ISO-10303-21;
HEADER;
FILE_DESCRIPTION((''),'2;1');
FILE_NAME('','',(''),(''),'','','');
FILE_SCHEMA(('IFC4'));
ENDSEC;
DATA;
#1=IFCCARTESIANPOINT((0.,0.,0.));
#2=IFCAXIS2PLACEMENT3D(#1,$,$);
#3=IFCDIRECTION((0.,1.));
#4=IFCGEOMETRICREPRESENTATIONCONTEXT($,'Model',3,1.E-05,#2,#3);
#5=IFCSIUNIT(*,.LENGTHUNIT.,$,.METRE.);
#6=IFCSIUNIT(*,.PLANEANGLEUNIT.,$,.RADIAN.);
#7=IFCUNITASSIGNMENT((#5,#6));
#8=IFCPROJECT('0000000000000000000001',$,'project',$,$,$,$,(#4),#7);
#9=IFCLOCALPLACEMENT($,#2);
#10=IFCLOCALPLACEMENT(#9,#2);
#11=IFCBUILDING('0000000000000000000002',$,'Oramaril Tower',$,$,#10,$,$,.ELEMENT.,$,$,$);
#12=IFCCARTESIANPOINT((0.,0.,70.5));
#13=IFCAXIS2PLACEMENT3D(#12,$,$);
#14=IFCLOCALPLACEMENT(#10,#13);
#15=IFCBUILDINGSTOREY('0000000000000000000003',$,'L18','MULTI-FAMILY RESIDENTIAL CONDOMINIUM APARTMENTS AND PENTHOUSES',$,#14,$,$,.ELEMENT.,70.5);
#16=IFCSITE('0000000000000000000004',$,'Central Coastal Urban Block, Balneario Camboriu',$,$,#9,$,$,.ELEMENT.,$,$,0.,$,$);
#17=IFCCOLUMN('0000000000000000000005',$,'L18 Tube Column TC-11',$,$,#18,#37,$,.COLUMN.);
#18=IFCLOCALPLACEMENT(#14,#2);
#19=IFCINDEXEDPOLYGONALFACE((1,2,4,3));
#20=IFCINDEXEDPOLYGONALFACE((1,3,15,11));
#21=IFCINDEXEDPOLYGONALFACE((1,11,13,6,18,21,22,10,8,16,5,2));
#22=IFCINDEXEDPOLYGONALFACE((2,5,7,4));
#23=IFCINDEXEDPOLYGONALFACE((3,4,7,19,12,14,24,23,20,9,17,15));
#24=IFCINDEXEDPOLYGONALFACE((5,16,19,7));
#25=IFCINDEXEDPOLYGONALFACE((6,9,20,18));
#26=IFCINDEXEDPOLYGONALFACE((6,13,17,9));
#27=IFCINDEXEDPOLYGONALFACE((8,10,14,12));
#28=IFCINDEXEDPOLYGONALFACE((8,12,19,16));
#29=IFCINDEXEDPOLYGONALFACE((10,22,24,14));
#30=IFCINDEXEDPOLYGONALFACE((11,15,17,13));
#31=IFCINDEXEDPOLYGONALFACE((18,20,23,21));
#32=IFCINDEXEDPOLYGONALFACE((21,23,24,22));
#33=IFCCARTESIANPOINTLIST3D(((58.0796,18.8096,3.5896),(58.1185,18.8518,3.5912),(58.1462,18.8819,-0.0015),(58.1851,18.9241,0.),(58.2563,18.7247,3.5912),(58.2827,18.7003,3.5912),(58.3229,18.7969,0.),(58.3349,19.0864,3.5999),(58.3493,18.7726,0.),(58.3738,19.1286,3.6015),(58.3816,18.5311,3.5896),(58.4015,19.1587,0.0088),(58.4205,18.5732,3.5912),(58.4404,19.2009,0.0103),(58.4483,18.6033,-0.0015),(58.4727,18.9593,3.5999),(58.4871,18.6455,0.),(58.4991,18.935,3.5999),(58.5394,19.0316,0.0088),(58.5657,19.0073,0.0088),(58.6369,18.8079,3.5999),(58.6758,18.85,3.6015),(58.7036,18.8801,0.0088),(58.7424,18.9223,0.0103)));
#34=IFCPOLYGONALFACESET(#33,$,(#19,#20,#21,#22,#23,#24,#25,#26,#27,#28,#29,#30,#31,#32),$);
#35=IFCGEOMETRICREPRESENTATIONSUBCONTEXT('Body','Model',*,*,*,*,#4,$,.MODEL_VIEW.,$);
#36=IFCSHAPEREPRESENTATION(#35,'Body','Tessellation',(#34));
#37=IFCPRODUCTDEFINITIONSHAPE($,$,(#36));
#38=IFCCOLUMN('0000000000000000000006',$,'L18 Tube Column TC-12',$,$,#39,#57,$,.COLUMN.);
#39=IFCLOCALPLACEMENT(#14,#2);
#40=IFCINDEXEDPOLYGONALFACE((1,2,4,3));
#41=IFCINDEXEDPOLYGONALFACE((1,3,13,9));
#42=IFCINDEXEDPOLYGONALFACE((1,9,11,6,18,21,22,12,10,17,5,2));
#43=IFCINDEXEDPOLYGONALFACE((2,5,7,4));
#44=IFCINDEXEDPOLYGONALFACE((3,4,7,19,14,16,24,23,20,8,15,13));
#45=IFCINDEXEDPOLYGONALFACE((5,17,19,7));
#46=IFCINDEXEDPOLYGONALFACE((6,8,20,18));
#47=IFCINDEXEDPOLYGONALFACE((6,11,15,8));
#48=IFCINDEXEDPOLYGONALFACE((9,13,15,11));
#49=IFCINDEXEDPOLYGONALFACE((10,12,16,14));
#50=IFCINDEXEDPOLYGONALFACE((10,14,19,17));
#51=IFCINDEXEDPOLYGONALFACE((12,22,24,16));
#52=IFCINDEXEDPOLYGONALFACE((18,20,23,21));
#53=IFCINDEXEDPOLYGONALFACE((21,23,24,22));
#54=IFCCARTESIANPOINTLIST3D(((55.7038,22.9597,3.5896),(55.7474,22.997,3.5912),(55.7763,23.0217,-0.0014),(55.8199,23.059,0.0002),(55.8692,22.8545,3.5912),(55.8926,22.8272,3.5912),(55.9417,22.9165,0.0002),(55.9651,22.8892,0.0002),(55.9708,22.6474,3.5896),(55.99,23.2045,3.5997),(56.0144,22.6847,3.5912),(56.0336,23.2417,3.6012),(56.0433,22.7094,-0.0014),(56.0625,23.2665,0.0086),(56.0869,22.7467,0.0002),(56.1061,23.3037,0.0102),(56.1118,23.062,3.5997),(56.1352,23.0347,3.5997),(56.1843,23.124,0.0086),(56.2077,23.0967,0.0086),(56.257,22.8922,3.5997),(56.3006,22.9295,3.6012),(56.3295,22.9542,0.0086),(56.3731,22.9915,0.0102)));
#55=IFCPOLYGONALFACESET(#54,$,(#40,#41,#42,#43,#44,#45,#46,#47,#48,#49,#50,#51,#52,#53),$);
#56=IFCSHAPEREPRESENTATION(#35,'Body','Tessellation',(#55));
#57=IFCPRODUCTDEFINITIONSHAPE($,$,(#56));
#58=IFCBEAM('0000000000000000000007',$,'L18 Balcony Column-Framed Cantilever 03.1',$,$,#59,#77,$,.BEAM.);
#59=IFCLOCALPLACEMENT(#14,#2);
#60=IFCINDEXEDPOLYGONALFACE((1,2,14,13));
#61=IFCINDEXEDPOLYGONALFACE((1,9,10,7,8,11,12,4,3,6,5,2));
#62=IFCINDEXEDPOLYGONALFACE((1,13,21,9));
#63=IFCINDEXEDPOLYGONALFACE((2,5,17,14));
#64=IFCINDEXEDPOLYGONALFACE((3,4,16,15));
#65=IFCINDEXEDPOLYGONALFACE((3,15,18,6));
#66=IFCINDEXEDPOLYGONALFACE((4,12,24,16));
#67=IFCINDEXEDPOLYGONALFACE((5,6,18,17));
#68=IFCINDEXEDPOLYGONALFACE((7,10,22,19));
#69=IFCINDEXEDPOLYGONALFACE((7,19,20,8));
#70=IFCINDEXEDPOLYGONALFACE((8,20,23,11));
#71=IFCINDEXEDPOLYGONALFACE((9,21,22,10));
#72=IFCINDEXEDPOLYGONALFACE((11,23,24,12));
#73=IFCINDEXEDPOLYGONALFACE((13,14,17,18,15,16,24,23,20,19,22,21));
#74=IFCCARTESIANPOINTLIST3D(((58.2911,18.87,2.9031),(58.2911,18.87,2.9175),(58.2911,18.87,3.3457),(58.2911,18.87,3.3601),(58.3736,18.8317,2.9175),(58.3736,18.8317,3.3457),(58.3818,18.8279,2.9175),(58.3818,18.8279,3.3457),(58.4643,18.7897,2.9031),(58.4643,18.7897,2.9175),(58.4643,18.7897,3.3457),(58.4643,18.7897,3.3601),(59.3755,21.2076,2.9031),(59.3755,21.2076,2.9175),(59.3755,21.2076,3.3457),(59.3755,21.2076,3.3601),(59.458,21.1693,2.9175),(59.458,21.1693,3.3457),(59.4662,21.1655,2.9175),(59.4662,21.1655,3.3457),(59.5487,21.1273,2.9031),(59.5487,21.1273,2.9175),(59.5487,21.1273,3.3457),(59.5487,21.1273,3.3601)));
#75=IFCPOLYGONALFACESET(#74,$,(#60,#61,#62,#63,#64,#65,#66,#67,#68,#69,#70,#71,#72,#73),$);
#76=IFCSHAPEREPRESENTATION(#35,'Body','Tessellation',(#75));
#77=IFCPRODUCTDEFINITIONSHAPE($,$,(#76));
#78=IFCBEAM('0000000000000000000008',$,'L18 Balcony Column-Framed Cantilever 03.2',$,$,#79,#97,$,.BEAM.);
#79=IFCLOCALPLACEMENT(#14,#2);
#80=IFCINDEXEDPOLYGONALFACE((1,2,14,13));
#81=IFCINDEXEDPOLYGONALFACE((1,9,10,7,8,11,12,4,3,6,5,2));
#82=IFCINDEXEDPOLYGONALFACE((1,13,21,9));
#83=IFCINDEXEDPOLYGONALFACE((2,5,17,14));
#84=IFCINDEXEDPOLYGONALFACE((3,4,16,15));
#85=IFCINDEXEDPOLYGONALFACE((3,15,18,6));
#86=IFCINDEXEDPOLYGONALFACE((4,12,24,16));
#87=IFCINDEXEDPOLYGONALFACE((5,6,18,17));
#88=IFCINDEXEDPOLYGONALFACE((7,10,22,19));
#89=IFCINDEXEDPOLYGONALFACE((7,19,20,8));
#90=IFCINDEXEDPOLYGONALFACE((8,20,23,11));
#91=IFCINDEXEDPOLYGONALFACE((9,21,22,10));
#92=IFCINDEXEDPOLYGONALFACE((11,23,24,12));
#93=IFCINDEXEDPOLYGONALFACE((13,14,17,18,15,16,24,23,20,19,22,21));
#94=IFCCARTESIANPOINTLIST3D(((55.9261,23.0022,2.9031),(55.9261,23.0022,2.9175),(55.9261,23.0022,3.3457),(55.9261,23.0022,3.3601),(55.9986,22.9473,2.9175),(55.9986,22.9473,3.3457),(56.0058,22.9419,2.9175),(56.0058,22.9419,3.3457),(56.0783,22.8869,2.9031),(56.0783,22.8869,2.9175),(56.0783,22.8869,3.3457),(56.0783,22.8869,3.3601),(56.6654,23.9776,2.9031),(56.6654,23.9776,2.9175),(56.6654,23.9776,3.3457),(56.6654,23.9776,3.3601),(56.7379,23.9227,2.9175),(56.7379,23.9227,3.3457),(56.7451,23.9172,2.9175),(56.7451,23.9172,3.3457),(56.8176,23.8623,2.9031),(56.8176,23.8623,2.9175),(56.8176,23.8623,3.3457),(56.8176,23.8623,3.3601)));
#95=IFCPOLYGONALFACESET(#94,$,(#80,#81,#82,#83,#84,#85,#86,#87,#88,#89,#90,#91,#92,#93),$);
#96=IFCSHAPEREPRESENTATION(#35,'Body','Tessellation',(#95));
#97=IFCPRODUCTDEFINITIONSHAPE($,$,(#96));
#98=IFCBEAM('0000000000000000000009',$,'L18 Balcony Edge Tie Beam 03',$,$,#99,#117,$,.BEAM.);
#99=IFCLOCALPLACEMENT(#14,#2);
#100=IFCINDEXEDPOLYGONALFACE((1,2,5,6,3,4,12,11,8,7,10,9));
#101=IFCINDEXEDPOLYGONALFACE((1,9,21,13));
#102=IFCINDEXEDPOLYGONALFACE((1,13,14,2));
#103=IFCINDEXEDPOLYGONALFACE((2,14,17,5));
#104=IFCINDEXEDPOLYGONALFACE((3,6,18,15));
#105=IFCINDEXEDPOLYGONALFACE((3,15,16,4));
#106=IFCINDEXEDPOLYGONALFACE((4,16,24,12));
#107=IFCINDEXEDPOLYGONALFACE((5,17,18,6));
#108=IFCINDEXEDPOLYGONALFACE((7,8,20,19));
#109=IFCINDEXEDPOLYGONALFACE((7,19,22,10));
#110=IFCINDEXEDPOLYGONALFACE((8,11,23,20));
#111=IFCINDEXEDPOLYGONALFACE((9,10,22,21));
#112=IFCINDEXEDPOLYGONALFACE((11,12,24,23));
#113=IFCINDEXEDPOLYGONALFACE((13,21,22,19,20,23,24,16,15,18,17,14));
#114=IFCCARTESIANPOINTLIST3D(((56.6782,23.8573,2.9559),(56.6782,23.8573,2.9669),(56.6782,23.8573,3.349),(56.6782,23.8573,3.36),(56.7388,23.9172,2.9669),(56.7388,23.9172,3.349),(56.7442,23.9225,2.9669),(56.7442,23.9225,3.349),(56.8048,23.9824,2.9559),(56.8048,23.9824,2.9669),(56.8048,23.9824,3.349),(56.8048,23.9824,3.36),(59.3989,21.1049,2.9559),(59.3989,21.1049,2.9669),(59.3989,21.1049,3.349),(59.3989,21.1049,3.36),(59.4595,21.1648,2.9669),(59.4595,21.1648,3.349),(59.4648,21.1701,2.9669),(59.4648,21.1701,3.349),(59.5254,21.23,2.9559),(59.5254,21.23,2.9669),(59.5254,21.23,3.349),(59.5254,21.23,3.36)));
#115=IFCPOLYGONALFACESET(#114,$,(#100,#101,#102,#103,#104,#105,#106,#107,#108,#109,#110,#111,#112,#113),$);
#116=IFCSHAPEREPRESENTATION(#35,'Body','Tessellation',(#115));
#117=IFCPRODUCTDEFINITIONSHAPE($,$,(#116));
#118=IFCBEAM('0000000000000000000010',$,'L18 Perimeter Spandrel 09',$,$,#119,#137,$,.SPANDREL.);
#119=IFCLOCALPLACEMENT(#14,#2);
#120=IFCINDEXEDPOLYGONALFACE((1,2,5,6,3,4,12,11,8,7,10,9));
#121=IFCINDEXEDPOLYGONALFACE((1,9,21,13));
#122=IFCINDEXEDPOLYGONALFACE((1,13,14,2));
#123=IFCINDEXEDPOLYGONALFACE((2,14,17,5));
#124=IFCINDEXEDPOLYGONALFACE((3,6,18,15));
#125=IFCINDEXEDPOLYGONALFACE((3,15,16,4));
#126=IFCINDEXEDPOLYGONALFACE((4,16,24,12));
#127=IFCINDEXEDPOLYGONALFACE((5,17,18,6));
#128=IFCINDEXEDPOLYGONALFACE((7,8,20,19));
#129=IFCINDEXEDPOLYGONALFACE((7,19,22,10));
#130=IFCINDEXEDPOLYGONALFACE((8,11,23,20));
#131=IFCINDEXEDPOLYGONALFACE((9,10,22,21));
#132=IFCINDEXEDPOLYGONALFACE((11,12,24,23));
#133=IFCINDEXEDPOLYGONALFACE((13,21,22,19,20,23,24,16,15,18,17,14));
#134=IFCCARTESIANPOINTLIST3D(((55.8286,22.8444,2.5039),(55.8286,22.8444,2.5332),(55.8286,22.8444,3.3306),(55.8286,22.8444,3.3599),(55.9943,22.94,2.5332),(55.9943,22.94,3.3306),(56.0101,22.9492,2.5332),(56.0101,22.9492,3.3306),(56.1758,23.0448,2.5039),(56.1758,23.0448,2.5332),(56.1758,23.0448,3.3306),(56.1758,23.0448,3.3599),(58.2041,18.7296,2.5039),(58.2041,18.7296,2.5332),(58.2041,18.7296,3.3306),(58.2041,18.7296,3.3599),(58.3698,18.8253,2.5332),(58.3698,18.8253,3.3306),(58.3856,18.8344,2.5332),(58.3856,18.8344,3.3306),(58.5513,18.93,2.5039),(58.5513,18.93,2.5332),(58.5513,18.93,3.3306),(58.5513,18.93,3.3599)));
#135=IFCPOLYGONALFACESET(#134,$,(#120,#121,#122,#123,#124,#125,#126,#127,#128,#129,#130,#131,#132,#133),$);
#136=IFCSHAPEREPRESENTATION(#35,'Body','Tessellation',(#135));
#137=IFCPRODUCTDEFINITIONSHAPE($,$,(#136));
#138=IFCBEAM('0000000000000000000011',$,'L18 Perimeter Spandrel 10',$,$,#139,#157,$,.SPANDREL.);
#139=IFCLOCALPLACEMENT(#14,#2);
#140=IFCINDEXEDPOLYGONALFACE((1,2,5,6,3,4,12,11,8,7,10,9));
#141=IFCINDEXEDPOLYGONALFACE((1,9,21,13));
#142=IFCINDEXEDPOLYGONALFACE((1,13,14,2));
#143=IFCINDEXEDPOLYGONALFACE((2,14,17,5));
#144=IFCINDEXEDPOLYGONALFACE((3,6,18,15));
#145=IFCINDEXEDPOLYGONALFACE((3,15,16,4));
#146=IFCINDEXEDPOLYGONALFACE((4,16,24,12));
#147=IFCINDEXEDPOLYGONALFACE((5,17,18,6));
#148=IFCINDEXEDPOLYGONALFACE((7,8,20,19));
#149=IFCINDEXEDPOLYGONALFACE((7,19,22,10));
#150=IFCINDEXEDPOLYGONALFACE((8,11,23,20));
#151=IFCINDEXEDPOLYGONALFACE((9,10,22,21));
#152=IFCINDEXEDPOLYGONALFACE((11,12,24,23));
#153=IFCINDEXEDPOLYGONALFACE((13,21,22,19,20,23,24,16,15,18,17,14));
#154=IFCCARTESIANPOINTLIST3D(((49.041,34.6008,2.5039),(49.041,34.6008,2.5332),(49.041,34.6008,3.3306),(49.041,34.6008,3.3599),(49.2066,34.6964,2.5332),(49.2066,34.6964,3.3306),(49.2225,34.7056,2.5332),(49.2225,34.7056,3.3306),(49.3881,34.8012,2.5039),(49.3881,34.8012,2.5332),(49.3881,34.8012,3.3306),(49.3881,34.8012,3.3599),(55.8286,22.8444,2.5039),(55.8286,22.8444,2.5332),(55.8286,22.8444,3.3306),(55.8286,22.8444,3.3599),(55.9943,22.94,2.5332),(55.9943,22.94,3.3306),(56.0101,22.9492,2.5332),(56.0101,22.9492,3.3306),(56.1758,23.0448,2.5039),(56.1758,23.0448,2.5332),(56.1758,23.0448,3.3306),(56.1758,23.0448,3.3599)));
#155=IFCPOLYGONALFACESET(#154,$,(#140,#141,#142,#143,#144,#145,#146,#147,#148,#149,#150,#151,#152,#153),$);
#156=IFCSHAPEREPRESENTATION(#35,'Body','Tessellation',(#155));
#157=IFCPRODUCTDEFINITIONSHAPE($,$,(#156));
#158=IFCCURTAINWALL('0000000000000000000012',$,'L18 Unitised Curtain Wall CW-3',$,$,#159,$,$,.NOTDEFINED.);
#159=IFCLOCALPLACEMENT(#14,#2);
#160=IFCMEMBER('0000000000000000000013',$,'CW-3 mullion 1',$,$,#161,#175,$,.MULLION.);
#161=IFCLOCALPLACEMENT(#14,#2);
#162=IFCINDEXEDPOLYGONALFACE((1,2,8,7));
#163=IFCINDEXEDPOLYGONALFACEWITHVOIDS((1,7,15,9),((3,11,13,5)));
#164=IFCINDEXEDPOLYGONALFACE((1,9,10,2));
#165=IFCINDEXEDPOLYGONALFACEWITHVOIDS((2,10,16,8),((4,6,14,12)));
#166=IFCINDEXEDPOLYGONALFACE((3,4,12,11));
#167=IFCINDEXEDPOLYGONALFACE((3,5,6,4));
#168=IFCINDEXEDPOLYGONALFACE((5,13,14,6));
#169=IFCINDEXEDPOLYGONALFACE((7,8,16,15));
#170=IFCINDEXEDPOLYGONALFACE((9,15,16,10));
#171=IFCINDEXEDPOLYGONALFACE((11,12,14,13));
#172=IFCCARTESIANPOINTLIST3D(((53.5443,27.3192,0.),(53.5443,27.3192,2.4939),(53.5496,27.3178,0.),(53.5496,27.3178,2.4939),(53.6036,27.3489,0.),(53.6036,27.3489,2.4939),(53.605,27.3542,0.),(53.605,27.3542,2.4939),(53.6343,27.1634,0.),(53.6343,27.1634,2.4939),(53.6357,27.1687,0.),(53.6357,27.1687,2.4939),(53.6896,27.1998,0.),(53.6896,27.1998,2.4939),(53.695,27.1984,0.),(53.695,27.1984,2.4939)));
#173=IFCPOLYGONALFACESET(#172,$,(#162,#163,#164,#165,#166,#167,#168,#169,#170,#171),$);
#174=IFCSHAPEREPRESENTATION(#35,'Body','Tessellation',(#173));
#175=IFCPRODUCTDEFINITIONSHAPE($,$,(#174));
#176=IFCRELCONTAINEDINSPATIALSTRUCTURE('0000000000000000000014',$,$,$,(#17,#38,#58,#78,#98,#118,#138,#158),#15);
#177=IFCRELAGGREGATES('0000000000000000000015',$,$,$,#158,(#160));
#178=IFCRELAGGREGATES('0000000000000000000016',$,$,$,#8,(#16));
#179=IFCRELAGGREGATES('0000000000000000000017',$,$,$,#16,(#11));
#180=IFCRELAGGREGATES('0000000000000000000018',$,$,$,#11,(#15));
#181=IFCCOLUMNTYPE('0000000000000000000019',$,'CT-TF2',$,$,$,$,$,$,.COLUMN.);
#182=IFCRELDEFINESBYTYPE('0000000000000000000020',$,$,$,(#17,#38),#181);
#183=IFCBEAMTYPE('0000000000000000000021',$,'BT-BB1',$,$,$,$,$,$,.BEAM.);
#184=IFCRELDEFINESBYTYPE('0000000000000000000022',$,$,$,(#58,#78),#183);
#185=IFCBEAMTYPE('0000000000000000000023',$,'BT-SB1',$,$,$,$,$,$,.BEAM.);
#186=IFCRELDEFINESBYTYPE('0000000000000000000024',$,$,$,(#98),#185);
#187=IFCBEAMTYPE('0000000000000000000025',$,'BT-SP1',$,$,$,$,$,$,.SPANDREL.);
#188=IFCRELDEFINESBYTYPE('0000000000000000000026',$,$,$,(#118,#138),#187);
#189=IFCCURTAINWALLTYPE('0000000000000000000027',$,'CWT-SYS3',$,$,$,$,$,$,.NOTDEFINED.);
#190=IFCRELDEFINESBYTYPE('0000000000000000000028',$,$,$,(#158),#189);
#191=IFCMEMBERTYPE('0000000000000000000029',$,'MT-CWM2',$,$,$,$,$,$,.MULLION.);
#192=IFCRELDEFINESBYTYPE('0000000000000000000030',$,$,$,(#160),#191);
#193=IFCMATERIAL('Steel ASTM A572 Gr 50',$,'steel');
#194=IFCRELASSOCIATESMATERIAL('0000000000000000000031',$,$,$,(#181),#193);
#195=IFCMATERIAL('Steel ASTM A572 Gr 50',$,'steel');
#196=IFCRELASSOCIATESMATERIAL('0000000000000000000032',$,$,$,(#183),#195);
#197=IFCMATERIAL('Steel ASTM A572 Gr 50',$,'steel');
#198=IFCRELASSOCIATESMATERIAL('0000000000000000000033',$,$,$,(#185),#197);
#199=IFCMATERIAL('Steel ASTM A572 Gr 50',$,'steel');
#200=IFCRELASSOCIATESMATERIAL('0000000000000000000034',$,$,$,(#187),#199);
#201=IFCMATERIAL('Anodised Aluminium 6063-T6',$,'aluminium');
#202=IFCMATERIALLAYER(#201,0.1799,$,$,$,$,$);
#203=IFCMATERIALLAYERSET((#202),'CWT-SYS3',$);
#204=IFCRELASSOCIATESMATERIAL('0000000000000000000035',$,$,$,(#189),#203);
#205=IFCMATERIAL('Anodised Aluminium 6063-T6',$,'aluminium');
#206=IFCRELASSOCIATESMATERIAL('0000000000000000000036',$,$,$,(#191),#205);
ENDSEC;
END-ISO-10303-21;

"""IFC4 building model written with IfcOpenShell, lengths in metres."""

from ifc_helpers import new_model, si_unit, direction, frame, origin, origin_2d, place, context, subcontext, project, spatial, hollow_rectangle, i_section, extrude, material, layer, layer_set, material_profile, profile_set, type_object, element, aggregate, save


model = new_model("IFC4")

# Units and contexts
model_context = context("Model", 3, precision=1e-05, world=origin(), true_north=direction((0.0, 1.0)))
body_context = subcontext(model_context, "Body", "Model", "MODEL_VIEW")
ifc_project = project(units=[si_unit("LENGTHUNIT", "METRE"), si_unit("PLANEANGLEUNIT", "RADIAN")], contexts=[model_context])

# Site, building, storey
site_placement = place(None, origin())
site = spatial("IfcSite", under=ifc_project, at=site_placement, Name="Central Coastal Urban Block, Balneario Camboriu", CompositionType="ELEMENT", RefElevation=0.0)
building_placement = place(site_placement, origin())
building = spatial("IfcBuilding", under=site, at=building_placement, Name="Oramaril Tower", CompositionType="ELEMENT")
storey_placement = place(building_placement, frame((0.0, 0.0, 70.5)))
storey = spatial("IfcBuildingStorey", under=building, at=storey_placement, Name="L18", Description="MULTI-FAMILY RESIDENTIAL CONDOMINIUM APARTMENTS AND PENTHOUSES", CompositionType="ELEMENT", Elevation=70.5)

# Columns
ifc_material_1 = material(Name="Steel ASTM A572 Gr 50", Category="steel")
ifc_material_profile_1 = material_profile(ifc_material_1, i_section(OverallWidth=0.4109, OverallDepth=0.4341, WebThickness=0.0359, FlangeThickness=0.0574, at=origin_2d()), Name="W14X311")
ifc_profile_set_1 = profile_set([ifc_material_profile_1], Name="Steel ASTM A572 Gr 50")
column_type = type_object("IfcColumnType", Name="CT-TF2", PredefinedType="COLUMN", material=ifc_profile_set_1)
column_1_placement = place(storey_placement, frame((58.4443, 18.9021, 0.0044), z_axis=(-0.018553, -0.020116, 0.999625), x_axis=(0.735089, -0.677971, 0.0)))
element("IfcColumn", 1, at=column_1_placement, inside=storey, type_object=column_type, Name="L18 Tube Column TC-11", PredefinedType="COLUMN", context=body_context, shape_type="SweptSolid", body=[
    extrude(i_section(OverallWidth=0.4109, OverallDepth=0.4341, WebThickness=0.0359, FlangeThickness=0.0574, at=origin_2d()), origin(), (0.0, 0.0, 1.0), 3.5925),
])
column_2_placement = place(storey_placement, frame((56.0747, 23.0066, 0.0044), z_axis=(-0.020185, -0.017262, 0.999647), x_axis=(0.649948, -0.759979, 0.0)))
element("IfcColumn", 2, at=column_2_placement, inside=storey, type_object=column_type, Name="L18 Tube Column TC-12", PredefinedType="COLUMN", context=body_context, shape_type="SweptSolid", body=[
    extrude(i_section(OverallWidth=0.4109, OverallDepth=0.4341, WebThickness=0.0359, FlangeThickness=0.0574, at=origin_2d()), origin(), (0.0, 0.0, 1.0), 3.5923),
])

# Beams
ifc_material_2 = material(Name="Steel ASTM A572 Gr 50", Category="steel")
ifc_material_profile_2 = material_profile(ifc_material_2, i_section(OverallWidth=0.1909, OverallDepth=0.457, WebThickness=0.009, FlangeThickness=0.0144, at=origin_2d()), Name="W18X50")
ifc_profile_set_2 = profile_set([ifc_material_profile_2], Name="Steel ASTM A572 Gr 50")
beam_type_1 = type_object("IfcBeamType", Name="BT-BB1", PredefinedType="BEAM", material=ifc_profile_set_2)
beam_1_placement = place(storey_placement, frame((58.3777, 18.8298, 3.1316), z_axis=(0.420836, 0.907137, 0.0), x_axis=(-0.907137, 0.420836, 0.0)))
element("IfcBeam", 3, at=beam_1_placement, inside=storey, type_object=beam_type_1, Name="L18 Balcony Column-Framed Cantilever 03.1", PredefinedType="BEAM", context=body_context, shape_type="SweptSolid", body=[
    extrude(i_section(OverallWidth=0.1909, OverallDepth=0.457, WebThickness=0.009, FlangeThickness=0.0144, at=origin_2d()), origin(), (0.0, 0.0, 1.0), 2.5769),
])
beam_2_placement = place(storey_placement, frame((56.0022, 22.9446, 3.1316), z_axis=(0.604046, 0.79695, 0.0), x_axis=(-0.79695, 0.604046, 0.0)))
element("IfcBeam", 4, at=beam_2_placement, inside=storey, type_object=beam_type_1, Name="L18 Balcony Column-Framed Cantilever 03.2", PredefinedType="BEAM", context=body_context, shape_type="SweptSolid", body=[
    extrude(i_section(OverallWidth=0.1909, OverallDepth=0.457, WebThickness=0.009, FlangeThickness=0.0144, at=origin_2d()), origin(), (0.0, 0.0, 1.0), 1.2239),
])
ifc_material_3 = material(Name="Steel ASTM A572 Gr 50", Category="steel")
ifc_material_profile_3 = material_profile(ifc_material_3, i_section(OverallWidth=0.178, OverallDepth=0.4041, WebThickness=0.0076, FlangeThickness=0.011, at=origin_2d()), Name="W16X36")
ifc_profile_set_3 = profile_set([ifc_material_profile_3], Name="Steel ASTM A572 Gr 50")
beam_type_2 = type_object("IfcBeamType", Name="BT-SB1", PredefinedType="BEAM", material=ifc_profile_set_3)
beam_3_placement = place(storey_placement, frame((59.4622, 21.1675, 3.158), z_axis=(-0.702995, 0.711195, 0.0), x_axis=(-0.711195, -0.702995, 0.0)))
element("IfcBeam", 5, at=beam_3_placement, inside=storey, type_object=beam_type_2, Name="L18 Balcony Edge Tie Beam 03", PredefinedType="BEAM", context=body_context, shape_type="SweptSolid", body=[
    extrude(i_section(OverallWidth=0.178, OverallDepth=0.4041, WebThickness=0.0076, FlangeThickness=0.011, at=origin_2d()), origin(), (0.0, 0.0, 1.0), 3.8701),
])
ifc_material_4 = material(Name="Steel ASTM A572 Gr 50", Category="steel")
ifc_material_profile_4 = material_profile(ifc_material_4, i_section(OverallWidth=0.4009, OverallDepth=0.856, WebThickness=0.0183, FlangeThickness=0.0293, at=origin_2d()), Name="W33X201")
ifc_profile_set_4 = profile_set([ifc_material_profile_4], Name="Steel ASTM A572 Gr 50")
beam_type_3 = type_object("IfcBeamType", Name="BT-SP1", PredefinedType="SPANDREL", material=ifc_profile_set_4)
beam_4_placement = place(storey_placement, frame((58.3777, 18.8298, 2.9319), z_axis=(-0.499975, 0.86604, 0.0), x_axis=(-0.86604, -0.499975, 0.0)))
element("IfcBeam", 6, at=beam_4_placement, inside=storey, type_object=beam_type_3, Name="L18 Perimeter Spandrel 09", PredefinedType="SPANDREL", context=body_context, shape_type="SweptSolid", body=[
    extrude(i_section(OverallWidth=0.4009, OverallDepth=0.856, WebThickness=0.0183, FlangeThickness=0.0293, at=origin_2d()), origin(), (0.0, 0.0, 1.0), 4.7512),
])
beam_5_placement = place(storey_placement, frame((56.0022, 22.9446, 2.9319), z_axis=(-0.500004, 0.866023, 0.0), x_axis=(-0.866023, -0.500004, 0.0)))
element("IfcBeam", 7, at=beam_5_placement, inside=storey, type_object=beam_type_3, Name="L18 Perimeter Spandrel 10", PredefinedType="SPANDREL", context=body_context, shape_type="SweptSolid", body=[
    extrude(i_section(OverallWidth=0.4009, OverallDepth=0.856, WebThickness=0.0183, FlangeThickness=0.0293, at=origin_2d()), origin(), (0.0, 0.0, 1.0), 13.5752),
])

# Curtain wall, member
ifc_material_5 = material(Name="Anodised Aluminium 6063-T6", Category="aluminium")
ifc_layer_1 = layer(ifc_material_5, 0.1799)
ifc_layer_set_1 = layer_set([ifc_layer_1], Name="CWT-SYS3")
curtain_wall_type = type_object("IfcCurtainWallType", Name="CWT-SYS3", PredefinedType="NOTDEFINED", material=ifc_layer_set_1)
curtain_wall_placement = place(storey_placement, origin())
curtain_wall = element("IfcCurtainWall", 8, at=curtain_wall_placement, inside=storey, type_object=curtain_wall_type, Name="L18 Unitised Curtain Wall CW-3", PredefinedType="NOTDEFINED")
ifc_material_6 = material(Name="Anodised Aluminium 6063-T6", Category="aluminium")
ifc_material_profile_5 = material_profile(ifc_material_6, hollow_rectangle(XDim=0.0701, YDim=0.1799, WallThickness=0.0039, at=origin_2d()), Name="CWM180X70")
ifc_profile_set_5 = profile_set([ifc_material_profile_5], Name="Anodised Aluminium 6063-T6")
member_type_1 = type_object("IfcMemberType", Name="MT-CWM2", PredefinedType="MULLION", material=ifc_profile_set_5)
member_1_placement = place(storey_placement, frame((53.6196, 27.2588, 0.0), z_axis=(0.0, 0.0, 1.0), x_axis=(-0.866025, -0.5, 0.0)))
member_1 = element("IfcMember", 9, at=member_1_placement, type_object=member_type_1, Name="CW-3 mullion 1", PredefinedType="MULLION", context=body_context, shape_type="SweptSolid", body=[
    extrude(hollow_rectangle(XDim=0.0701, YDim=0.1799, WallThickness=0.0039, at=origin_2d()), origin(), (0.0, 0.0, 1.0), 2.4939),
])
aggregate(curtain_wall, [member_1])

save(model, "model.ifc")
